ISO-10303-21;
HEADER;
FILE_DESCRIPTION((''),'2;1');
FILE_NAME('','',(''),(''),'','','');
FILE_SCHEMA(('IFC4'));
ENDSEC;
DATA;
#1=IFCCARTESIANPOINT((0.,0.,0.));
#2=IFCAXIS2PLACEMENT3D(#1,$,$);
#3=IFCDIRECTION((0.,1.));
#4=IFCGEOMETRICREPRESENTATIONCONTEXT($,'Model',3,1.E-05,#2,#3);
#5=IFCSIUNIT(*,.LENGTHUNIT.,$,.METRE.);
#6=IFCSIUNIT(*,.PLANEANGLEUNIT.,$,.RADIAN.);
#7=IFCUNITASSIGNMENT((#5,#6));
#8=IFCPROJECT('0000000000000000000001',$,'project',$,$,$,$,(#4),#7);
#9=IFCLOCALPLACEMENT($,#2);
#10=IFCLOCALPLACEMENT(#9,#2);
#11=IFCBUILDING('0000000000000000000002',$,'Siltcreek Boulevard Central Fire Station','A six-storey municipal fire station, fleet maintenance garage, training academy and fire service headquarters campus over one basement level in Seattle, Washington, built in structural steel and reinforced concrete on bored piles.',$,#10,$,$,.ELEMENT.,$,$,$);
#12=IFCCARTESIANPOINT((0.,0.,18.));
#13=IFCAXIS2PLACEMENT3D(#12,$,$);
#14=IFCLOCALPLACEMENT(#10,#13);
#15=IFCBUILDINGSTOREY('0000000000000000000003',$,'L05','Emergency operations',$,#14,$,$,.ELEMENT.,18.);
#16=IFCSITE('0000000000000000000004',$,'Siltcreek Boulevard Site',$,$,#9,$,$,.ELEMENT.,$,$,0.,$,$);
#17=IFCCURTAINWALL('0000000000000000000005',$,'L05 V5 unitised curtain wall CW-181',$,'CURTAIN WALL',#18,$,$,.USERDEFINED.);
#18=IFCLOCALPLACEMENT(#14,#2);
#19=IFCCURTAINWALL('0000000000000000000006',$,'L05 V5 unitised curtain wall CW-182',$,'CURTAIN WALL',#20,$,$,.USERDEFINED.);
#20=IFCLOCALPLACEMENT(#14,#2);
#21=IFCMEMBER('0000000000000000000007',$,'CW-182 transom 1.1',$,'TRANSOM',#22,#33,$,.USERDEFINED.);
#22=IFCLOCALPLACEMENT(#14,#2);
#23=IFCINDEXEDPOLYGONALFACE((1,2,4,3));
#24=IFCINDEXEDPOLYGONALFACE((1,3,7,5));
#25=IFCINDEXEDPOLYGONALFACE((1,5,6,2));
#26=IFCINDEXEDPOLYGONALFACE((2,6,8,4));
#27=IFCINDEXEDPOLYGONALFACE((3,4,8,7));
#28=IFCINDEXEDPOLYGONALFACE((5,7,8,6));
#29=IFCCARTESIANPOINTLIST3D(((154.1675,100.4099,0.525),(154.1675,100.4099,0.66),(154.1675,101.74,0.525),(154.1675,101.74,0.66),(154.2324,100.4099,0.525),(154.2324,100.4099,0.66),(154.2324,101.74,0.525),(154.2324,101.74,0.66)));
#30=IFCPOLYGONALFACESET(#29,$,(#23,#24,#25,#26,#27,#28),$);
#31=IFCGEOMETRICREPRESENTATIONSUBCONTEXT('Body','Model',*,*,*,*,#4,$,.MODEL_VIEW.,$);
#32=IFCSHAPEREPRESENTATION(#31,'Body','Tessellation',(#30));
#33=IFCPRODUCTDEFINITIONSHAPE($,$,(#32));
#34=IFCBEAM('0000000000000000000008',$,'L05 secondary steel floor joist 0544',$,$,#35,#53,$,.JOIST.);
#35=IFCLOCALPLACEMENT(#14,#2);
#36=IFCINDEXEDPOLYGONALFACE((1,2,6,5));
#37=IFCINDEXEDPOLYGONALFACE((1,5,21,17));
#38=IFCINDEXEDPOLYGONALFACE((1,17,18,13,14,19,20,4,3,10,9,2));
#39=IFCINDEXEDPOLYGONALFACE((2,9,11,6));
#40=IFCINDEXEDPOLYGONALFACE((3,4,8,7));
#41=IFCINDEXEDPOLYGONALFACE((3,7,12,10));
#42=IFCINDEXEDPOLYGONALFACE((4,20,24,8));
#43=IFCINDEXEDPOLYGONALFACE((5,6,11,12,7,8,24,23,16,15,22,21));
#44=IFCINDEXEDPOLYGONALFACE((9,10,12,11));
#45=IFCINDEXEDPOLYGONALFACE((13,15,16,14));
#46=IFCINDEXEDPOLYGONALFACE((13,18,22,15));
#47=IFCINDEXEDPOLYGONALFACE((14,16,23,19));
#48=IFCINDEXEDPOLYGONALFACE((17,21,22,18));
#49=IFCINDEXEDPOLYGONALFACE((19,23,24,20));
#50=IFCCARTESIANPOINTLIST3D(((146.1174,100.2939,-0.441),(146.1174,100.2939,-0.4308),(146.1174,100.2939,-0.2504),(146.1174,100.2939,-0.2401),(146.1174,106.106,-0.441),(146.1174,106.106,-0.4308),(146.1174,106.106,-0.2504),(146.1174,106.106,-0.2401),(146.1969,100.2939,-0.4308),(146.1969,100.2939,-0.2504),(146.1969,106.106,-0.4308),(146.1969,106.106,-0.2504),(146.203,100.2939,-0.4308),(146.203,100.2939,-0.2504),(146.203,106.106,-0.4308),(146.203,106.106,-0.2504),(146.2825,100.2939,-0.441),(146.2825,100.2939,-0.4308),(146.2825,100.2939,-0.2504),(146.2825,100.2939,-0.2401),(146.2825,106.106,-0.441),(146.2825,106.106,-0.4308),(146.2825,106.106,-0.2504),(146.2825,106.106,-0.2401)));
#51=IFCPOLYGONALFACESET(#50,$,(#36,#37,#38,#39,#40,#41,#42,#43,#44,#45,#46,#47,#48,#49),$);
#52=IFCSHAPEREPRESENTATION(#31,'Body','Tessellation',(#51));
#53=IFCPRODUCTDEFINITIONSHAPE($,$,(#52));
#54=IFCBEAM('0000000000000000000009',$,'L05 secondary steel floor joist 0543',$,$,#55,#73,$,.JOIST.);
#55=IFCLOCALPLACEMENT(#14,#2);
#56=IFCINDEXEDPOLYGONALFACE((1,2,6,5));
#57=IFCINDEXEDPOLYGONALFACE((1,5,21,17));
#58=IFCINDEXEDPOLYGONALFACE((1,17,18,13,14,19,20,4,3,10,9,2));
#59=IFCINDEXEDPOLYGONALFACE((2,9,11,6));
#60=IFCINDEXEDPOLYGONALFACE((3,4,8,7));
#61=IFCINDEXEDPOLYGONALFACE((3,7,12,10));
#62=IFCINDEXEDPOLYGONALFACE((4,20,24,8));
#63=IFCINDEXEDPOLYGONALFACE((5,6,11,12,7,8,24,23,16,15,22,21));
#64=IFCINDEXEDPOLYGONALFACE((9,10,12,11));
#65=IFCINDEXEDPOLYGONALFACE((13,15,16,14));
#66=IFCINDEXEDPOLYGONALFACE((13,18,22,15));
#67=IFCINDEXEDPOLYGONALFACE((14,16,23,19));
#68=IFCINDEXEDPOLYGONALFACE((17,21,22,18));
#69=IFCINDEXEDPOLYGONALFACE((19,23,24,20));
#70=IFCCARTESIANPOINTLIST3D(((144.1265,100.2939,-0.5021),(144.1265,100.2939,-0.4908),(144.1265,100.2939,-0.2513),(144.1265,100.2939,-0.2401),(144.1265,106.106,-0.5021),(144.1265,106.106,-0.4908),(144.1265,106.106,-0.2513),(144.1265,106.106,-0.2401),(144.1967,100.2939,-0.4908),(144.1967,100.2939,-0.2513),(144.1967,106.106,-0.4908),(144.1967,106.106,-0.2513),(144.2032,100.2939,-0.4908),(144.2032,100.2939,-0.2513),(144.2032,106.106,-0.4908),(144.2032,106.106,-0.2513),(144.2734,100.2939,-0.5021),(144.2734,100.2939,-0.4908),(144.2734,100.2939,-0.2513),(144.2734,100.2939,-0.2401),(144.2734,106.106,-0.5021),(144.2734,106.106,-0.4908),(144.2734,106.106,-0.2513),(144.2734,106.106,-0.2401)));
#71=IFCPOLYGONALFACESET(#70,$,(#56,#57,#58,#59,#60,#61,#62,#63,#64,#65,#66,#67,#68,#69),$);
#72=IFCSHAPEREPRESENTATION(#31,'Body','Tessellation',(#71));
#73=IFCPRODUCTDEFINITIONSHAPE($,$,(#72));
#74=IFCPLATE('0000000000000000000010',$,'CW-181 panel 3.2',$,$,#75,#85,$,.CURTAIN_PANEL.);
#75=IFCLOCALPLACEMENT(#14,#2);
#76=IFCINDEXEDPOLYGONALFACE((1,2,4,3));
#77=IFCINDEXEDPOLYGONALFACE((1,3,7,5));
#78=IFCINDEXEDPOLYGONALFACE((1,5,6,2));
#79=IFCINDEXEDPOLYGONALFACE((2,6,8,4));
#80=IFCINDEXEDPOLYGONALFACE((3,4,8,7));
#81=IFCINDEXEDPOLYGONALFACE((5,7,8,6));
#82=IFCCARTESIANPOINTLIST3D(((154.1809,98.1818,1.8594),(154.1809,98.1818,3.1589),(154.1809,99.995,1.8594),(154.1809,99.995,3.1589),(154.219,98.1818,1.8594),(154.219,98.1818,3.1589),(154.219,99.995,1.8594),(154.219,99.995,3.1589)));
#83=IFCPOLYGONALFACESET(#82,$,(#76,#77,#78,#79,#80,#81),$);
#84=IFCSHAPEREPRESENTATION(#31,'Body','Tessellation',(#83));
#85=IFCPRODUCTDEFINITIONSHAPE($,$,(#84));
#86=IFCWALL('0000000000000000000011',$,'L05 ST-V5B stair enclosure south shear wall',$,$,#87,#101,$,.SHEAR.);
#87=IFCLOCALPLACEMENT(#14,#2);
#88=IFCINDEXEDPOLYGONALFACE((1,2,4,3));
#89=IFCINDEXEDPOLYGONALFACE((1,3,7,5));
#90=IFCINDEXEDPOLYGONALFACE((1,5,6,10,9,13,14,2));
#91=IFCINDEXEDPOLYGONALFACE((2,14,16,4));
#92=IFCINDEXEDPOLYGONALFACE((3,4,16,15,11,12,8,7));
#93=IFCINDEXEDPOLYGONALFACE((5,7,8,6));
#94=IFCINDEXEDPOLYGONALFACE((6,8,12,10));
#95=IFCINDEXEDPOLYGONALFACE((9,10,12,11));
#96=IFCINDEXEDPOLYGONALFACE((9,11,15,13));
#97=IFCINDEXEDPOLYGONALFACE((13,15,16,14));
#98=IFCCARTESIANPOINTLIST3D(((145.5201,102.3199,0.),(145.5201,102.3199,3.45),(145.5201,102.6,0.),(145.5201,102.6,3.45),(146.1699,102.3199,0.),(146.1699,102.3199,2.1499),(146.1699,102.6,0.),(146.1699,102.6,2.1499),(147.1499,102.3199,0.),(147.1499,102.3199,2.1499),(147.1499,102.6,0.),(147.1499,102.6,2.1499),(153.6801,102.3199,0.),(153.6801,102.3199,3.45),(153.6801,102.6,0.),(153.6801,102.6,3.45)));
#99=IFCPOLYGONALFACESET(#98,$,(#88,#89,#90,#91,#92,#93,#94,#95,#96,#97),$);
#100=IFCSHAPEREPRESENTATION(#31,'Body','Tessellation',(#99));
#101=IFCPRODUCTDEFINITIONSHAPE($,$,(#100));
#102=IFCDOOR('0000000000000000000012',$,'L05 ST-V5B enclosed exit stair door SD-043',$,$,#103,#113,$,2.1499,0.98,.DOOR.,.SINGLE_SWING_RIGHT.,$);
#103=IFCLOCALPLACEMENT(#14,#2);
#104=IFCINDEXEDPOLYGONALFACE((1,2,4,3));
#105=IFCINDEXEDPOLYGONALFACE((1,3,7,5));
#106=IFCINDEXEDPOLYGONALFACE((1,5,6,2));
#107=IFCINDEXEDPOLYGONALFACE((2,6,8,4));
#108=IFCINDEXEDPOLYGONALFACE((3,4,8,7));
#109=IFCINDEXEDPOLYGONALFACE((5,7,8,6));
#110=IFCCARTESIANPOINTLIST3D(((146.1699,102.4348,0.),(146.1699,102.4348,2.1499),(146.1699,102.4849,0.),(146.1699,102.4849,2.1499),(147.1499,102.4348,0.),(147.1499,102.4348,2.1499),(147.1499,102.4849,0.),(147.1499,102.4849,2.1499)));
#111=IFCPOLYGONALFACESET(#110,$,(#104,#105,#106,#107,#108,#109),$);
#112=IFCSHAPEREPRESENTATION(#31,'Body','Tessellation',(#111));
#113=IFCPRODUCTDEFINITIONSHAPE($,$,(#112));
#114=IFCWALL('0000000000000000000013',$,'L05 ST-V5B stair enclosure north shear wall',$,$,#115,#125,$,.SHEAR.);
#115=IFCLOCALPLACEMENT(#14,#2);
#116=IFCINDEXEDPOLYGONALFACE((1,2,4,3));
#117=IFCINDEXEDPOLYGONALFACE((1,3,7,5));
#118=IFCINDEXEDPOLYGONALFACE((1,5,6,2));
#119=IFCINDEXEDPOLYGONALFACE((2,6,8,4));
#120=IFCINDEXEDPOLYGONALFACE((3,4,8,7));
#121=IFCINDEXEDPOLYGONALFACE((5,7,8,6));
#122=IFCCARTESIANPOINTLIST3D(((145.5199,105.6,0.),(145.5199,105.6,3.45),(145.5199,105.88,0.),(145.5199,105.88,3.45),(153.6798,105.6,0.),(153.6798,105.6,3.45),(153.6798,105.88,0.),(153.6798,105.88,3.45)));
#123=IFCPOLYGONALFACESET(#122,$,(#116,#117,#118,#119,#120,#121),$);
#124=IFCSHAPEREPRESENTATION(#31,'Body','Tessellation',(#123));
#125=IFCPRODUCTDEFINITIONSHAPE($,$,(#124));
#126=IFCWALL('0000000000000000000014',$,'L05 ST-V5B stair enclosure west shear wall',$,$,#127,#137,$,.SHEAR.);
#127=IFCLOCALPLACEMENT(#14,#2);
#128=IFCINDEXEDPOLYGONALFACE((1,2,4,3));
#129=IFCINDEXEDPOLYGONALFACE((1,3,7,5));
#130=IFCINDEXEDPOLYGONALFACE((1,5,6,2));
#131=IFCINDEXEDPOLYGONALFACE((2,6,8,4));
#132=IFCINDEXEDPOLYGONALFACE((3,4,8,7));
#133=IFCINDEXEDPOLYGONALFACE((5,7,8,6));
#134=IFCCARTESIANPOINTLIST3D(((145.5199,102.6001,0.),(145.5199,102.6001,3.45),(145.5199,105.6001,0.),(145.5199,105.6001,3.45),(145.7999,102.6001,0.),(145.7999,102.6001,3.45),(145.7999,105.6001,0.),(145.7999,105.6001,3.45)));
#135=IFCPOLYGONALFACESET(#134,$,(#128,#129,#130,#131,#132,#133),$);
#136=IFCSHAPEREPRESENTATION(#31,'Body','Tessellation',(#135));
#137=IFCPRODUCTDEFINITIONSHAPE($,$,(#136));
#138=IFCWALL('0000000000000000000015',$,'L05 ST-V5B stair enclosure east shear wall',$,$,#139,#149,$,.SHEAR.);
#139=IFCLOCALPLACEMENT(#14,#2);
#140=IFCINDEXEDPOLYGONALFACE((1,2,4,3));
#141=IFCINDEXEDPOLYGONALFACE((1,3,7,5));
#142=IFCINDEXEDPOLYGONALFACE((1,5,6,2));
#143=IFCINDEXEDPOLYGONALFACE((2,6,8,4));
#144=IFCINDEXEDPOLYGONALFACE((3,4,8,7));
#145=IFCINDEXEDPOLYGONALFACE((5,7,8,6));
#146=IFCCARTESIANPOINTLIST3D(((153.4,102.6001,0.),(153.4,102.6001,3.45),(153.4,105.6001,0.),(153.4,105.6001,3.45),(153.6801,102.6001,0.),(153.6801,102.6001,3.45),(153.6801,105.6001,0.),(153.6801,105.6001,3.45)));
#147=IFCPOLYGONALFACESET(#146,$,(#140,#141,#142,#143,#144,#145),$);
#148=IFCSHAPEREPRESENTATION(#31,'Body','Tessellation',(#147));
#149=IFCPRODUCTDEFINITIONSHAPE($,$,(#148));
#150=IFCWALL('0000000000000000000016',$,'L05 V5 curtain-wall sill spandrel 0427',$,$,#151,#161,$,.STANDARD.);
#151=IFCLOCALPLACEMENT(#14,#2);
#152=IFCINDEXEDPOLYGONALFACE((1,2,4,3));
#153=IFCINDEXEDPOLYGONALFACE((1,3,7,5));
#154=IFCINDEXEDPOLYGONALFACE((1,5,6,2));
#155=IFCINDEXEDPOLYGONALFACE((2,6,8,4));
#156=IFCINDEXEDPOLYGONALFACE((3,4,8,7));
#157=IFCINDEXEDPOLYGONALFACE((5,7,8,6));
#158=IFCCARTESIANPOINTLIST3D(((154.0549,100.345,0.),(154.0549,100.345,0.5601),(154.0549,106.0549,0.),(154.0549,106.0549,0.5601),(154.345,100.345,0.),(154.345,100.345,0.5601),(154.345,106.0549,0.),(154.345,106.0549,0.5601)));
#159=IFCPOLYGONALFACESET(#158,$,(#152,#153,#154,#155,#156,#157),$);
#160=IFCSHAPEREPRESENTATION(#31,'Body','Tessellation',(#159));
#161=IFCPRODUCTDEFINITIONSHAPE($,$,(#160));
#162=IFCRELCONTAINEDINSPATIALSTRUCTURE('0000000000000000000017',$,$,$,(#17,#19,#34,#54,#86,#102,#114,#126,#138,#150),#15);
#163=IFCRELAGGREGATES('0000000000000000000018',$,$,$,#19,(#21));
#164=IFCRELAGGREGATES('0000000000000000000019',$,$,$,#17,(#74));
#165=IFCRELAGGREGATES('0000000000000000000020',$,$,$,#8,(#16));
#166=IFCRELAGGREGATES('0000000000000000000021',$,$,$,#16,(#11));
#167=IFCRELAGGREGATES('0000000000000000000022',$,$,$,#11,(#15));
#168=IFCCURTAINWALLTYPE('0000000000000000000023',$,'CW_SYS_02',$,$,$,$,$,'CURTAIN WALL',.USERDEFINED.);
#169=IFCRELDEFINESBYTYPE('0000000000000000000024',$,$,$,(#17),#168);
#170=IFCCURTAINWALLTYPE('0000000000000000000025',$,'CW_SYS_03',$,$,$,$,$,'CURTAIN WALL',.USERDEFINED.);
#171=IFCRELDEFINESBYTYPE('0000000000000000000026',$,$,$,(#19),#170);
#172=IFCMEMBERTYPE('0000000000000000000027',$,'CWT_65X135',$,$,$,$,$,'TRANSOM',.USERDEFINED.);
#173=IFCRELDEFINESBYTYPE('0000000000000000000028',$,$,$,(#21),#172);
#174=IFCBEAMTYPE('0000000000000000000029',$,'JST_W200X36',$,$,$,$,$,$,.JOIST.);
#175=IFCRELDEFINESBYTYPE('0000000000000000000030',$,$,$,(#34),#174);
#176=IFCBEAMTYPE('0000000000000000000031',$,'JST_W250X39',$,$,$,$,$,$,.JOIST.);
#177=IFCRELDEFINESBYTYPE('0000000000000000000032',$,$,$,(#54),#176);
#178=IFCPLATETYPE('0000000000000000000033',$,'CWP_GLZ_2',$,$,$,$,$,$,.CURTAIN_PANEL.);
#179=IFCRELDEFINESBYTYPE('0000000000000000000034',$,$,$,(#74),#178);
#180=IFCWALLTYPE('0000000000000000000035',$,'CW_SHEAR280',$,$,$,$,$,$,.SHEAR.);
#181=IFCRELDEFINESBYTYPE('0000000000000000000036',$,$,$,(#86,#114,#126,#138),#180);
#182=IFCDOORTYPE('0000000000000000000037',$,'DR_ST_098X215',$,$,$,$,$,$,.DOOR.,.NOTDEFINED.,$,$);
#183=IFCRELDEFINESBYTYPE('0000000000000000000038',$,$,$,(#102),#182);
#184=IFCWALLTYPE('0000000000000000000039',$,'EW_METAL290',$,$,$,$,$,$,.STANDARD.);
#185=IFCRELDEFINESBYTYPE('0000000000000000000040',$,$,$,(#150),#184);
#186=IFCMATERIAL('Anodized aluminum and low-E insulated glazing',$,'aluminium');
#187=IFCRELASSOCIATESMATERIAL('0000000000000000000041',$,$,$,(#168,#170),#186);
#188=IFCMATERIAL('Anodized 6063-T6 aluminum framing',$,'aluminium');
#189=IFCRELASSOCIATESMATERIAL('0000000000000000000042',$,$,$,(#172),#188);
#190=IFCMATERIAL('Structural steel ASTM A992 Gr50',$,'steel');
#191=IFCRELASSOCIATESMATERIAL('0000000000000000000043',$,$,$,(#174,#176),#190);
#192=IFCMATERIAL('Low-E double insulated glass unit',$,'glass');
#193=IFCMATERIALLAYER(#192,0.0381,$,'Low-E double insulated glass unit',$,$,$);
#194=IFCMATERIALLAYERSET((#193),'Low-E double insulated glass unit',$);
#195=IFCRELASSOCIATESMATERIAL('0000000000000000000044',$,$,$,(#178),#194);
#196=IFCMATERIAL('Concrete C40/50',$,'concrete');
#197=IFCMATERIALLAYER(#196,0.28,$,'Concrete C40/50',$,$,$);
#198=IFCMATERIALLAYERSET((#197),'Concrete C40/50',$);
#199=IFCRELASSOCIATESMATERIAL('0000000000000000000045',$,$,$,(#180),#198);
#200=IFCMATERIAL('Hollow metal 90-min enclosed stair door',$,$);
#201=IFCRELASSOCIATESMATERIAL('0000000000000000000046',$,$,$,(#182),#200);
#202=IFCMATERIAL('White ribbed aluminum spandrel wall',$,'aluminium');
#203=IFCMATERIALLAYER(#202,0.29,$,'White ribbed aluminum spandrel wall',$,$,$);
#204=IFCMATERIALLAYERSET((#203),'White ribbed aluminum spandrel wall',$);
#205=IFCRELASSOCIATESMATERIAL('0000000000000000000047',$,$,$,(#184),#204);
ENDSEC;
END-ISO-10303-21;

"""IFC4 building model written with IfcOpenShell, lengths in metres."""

from ifc_helpers import new_model, si_unit, direction, frame, frame_2d, origin, origin_2d, place, context, subcontext, project, spatial, rectangle, i_section, extrude, material, layer, layer_set, material_profile, profile_set, type_object, element, fill, aggregate, save


model = new_model("IFC4")

# Units and contexts
model_context = context("Model", 3, precision=1e-05, world=origin(), true_north=direction((0.0, 1.0)))
body_context = subcontext(model_context, "Body", "Model", "MODEL_VIEW")
ifc_project = project(units=[si_unit("LENGTHUNIT", "METRE"), si_unit("PLANEANGLEUNIT", "RADIAN")], contexts=[model_context])

# Site, building, storey
site_placement = place(None, origin())
site = spatial("IfcSite", under=ifc_project, at=site_placement, Name="Siltcreek Boulevard Site", CompositionType="ELEMENT", RefElevation=0.0)
building_placement = place(site_placement, origin())
building = spatial("IfcBuilding", under=site, at=building_placement, Name="Siltcreek Boulevard Central Fire Station", Description="A six-storey municipal fire station, fleet maintenance garage, training academy and fire service headquarters campus over one basement level in Seattle, Washington, built in structural steel and reinforced concrete on bored piles.", CompositionType="ELEMENT")
storey_placement = place(building_placement, frame((0.0, 0.0, 18.0)))
storey = spatial("IfcBuildingStorey", under=building, at=storey_placement, Name="L05", Description="Emergency operations", CompositionType="ELEMENT", Elevation=18.0)

# Shared definitions
ifc_material_1 = material(Name="Structural steel ASTM A992 Gr50", Category="steel")

# Curtain wall
ifc_material_2 = material(Name="Anodized aluminum and low-E insulated glazing", Category="aluminium")
curtain_wall_type_1 = type_object("IfcCurtainWallType", Name="CW_SYS_02", ElementType="CURTAIN WALL", PredefinedType="USERDEFINED", material=ifc_material_2)
curtain_wall_1_placement = place(storey_placement, origin())
curtain_wall_1 = element("IfcCurtainWall", 1, at=curtain_wall_1_placement, inside=storey, type_object=curtain_wall_type_1, Name="L05 V5 unitised curtain wall CW-181", ObjectType="CURTAIN WALL", PredefinedType="USERDEFINED")
ifc_material_3 = material(Name="Anodized 6063-T6 aluminum framing", Category="aluminium")

# Curtain wall, member
curtain_wall_type_2 = type_object("IfcCurtainWallType", Name="CW_SYS_03", ElementType="CURTAIN WALL", PredefinedType="USERDEFINED", material=ifc_material_2)
curtain_wall_2_placement = place(storey_placement, origin())
curtain_wall_2 = element("IfcCurtainWall", 2, at=curtain_wall_2_placement, inside=storey, type_object=curtain_wall_type_2, Name="L05 V5 unitised curtain wall CW-182", ObjectType="CURTAIN WALL", PredefinedType="USERDEFINED")
ifc_material_profile_1 = material_profile(ifc_material_3, rectangle(XDim=0.0649, YDim=0.135, at=origin_2d()), Name="TRAN65X135")
ifc_profile_set_1 = profile_set([ifc_material_profile_1], Name="Anodized 6063-T6 aluminum framing")
member_type_1 = type_object("IfcMemberType", Name="CWT_65X135", ElementType="TRANSOM", PredefinedType="USERDEFINED", material=ifc_profile_set_1)
member_1_placement = place(storey_placement, frame((154.2, 100.4099, 0.5925), z_axis=(0.0, 1.0, 0.0), x_axis=(-1.0, 0.0, 0.0)))
member_1 = element("IfcMember", 3, at=member_1_placement, type_object=member_type_1, Name="CW-182 transom 1.1", ObjectType="TRANSOM", PredefinedType="USERDEFINED", context=body_context, shape_type="SweptSolid", body=[
    extrude(rectangle(XDim=0.0649, YDim=0.135, at=origin_2d()), origin(), (0.0, 0.0, 1.0), 1.3301),
])
aggregate(curtain_wall_2, [member_1])

# Beams
ifc_material_profile_2 = material_profile(ifc_material_1, i_section(OverallWidth=0.165, OverallDepth=0.2009, WebThickness=0.0061, FlangeThickness=0.0103, at=origin_2d()), Name="W200X36")
ifc_profile_set_2 = profile_set([ifc_material_profile_2], Name="Structural steel ASTM A992 Gr50")
beam_type_1 = type_object("IfcBeamType", Name="JST_W200X36", PredefinedType="JOIST", material=ifc_profile_set_2)
beam_1_placement = place(storey_placement, frame((146.2, 100.2939, -0.3406), z_axis=(0.0, 1.0, 0.0), x_axis=(-1.0, 0.0, 0.0)))
element("IfcBeam", 4, at=beam_1_placement, inside=storey, type_object=beam_type_1, Name="L05 secondary steel floor joist 0544", PredefinedType="JOIST", context=body_context, shape_type="SweptSolid", body=[
    extrude(i_section(OverallWidth=0.165, OverallDepth=0.2009, WebThickness=0.0061, FlangeThickness=0.0103, at=origin_2d()), origin(), (0.0, 0.0, 1.0), 5.812),
])
ifc_material_profile_3 = material_profile(ifc_material_1, i_section(OverallWidth=0.147, OverallDepth=0.262, WebThickness=0.0066, FlangeThickness=0.0112, at=origin_2d()), Name="W250X39")
ifc_profile_set_3 = profile_set([ifc_material_profile_3], Name="Structural steel ASTM A992 Gr50")
beam_type_2 = type_object("IfcBeamType", Name="JST_W250X39", PredefinedType="JOIST", material=ifc_profile_set_3)
beam_2_placement = place(storey_placement, frame((144.2, 100.2939, -0.3711), z_axis=(0.0, 1.0, 0.0), x_axis=(-1.0, 0.0, 0.0)))
element("IfcBeam", 5, at=beam_2_placement, inside=storey, type_object=beam_type_2, Name="L05 secondary steel floor joist 0543", PredefinedType="JOIST", context=body_context, shape_type="SweptSolid", body=[
    extrude(i_section(OverallWidth=0.147, OverallDepth=0.262, WebThickness=0.0066, FlangeThickness=0.0112, at=origin_2d()), origin(), (0.0, 0.0, 1.0), 5.812),
])

# Plate
ifc_material_4 = material(Name="Low-E double insulated glass unit", Category="glass")
ifc_layer_1 = layer(ifc_material_4, 0.0381, Name="Low-E double insulated glass unit")
ifc_layer_set_1 = layer_set([ifc_layer_1], Name="Low-E double insulated glass unit")
plate_type = type_object("IfcPlateType", Name="CWP_GLZ_2", PredefinedType="CURTAIN_PANEL", material=ifc_layer_set_1)
plate_placement = place(storey_placement, frame((154.2, 99.0884, 1.8594), z_axis=(0.0, 0.0, 1.0), x_axis=(0.0, 1.0, 0.0)))
plate = element("IfcPlate", 6, at=plate_placement, type_object=plate_type, Name="CW-181 panel 3.2", PredefinedType="CURTAIN_PANEL", context=body_context, shape_type="SweptSolid", body=[
    extrude(rectangle(XDim=1.8132, YDim=0.0381, at=origin_2d()), origin(), (0.0, 0.0, 1.0), 1.2996),
])
aggregate(curtain_wall_1, [plate])

# Wall, opening, door
ifc_material_5 = material(Name="Concrete C40/50", Category="concrete")
ifc_layer_2 = layer(ifc_material_5, 0.28, Name="Concrete C40/50")
ifc_layer_set_2 = layer_set([ifc_layer_2], Name="Concrete C40/50")
wall_type_1 = type_object("IfcWallType", Name="CW_SHEAR280", PredefinedType="SHEAR", material=ifc_layer_set_2)
wall_1_placement = place(storey_placement, frame((145.52, 102.46, 0.0), z_axis=(0.0, 0.0, 1.0), x_axis=(1.0, 0.0, 0.0)))
wall_1 = element("IfcWall", 7, at=wall_1_placement, inside=storey, type_object=wall_type_1, Name="L05 ST-V5B stair enclosure south shear wall", PredefinedType="SHEAR", context=body_context, shape_type="SweptSolid", body=[
    extrude(rectangle(XDim=8.1599, YDim=0.28, at=frame_2d((4.0801, 0.0))), origin(), (0.0, 0.0, 1.0), 3.45),
])
opening_1_placement = place(wall_1_placement, frame((0.6499, 0.0, 0.0)))
opening_1 = element("IfcOpeningElement", 8, at=opening_1_placement, cuts=wall_1, PredefinedType="OPENING", context=body_context, shape_type="SweptSolid", body=[
    extrude(rectangle(XDim=0.98, YDim=2.1499, at=frame_2d((0.49, 1.075))), frame((0.0, 0.1499, 0.0), z_axis=(0.0, -1.0, 0.0), x_axis=(1.0, 0.0, 0.0)), (0.0, 0.0, 1.0), 0.3),
])
ifc_material_6 = material(Name="Hollow metal 90-min enclosed stair door")
door_type_1 = type_object("IfcDoorType", Name="DR_ST_098X215", OperationType="NOTDEFINED", PredefinedType="DOOR", material=ifc_material_6)
door_1_placement = place(opening_1_placement, origin())
door_1 = element("IfcDoor", 9, at=door_1_placement, inside=storey, type_object=door_type_1, Name="L05 ST-V5B enclosed exit stair door SD-043", OperationType="SINGLE_SWING_RIGHT", OverallHeight=2.1499, OverallWidth=0.98, PredefinedType="DOOR", context=body_context, shape_type="SweptSolid", body=[
    extrude(rectangle(XDim=0.98, YDim=2.1499, at=frame_2d((0.49, 1.075))), frame((0.0, 0.0249, 0.0), z_axis=(0.0, -1.0, 0.0), x_axis=(1.0, 0.0, 0.0)), (0.0, 0.0, 1.0), 0.05),
])
fill(opening_1, door_1)

# Walls
wall_2_placement = place(storey_placement, frame((153.6799, 105.74, 0.0), z_axis=(0.0, 0.0, 1.0), x_axis=(-1.0, 0.0, 0.0)))
element("IfcWall", 10, at=wall_2_placement, inside=storey, type_object=wall_type_1, Name="L05 ST-V5B stair enclosure north shear wall", PredefinedType="SHEAR", context=body_context, shape_type="SweptSolid", body=[
    extrude(rectangle(XDim=8.1599, YDim=0.28, at=frame_2d((4.0801, 0.0))), origin(), (0.0, 0.0, 1.0), 3.45),
])
for number, where, z_axis, x_axis, name in (
    (11, (145.6599, 105.6001, 0.0), (0.0, 0.0, 1.0), (0.0, -1.0, 0.0), "L05 ST-V5B stair enclosure west shear wall"),
    (12, (153.54, 102.6001, 0.0), (0.0, 0.0, 1.0), (0.0, 1.0, 0.0), "L05 ST-V5B stair enclosure east shear wall"),
):
    element("IfcWall", number, at=place(storey_placement, frame(where, z_axis=z_axis, x_axis=x_axis)), inside=storey, type_object=wall_type_1, Name=name, PredefinedType="SHEAR", context=body_context, shape_type="SweptSolid", body=[
        extrude(rectangle(XDim=3.0, YDim=0.28, at=frame_2d((1.5, 0.0))), origin(), (0.0, 0.0, 1.0), 3.45),
    ])
ifc_material_7 = material(Name="White ribbed aluminum spandrel wall", Category="aluminium")
ifc_layer_3 = layer(ifc_material_7, 0.29, Name="White ribbed aluminum spandrel wall")
ifc_layer_set_3 = layer_set([ifc_layer_3], Name="White ribbed aluminum spandrel wall")
wall_type_2 = type_object("IfcWallType", Name="EW_METAL290", PredefinedType="STANDARD", material=ifc_layer_set_3)
wall_3_placement = place(storey_placement, frame((154.2, 100.345, 0.0), z_axis=(0.0, 0.0, 1.0), x_axis=(0.0, 1.0, 0.0)))
element("IfcWall", 13, at=wall_3_placement, inside=storey, type_object=wall_type_2, Name="L05 V5 curtain-wall sill spandrel 0427", PredefinedType="STANDARD", context=body_context, shape_type="SweptSolid", body=[
    extrude(rectangle(XDim=5.71, YDim=0.29, at=frame_2d((2.855, 0.0))), origin(), (0.0, 0.0, 1.0), 0.5601),
])

save(model, "model.ifc")
